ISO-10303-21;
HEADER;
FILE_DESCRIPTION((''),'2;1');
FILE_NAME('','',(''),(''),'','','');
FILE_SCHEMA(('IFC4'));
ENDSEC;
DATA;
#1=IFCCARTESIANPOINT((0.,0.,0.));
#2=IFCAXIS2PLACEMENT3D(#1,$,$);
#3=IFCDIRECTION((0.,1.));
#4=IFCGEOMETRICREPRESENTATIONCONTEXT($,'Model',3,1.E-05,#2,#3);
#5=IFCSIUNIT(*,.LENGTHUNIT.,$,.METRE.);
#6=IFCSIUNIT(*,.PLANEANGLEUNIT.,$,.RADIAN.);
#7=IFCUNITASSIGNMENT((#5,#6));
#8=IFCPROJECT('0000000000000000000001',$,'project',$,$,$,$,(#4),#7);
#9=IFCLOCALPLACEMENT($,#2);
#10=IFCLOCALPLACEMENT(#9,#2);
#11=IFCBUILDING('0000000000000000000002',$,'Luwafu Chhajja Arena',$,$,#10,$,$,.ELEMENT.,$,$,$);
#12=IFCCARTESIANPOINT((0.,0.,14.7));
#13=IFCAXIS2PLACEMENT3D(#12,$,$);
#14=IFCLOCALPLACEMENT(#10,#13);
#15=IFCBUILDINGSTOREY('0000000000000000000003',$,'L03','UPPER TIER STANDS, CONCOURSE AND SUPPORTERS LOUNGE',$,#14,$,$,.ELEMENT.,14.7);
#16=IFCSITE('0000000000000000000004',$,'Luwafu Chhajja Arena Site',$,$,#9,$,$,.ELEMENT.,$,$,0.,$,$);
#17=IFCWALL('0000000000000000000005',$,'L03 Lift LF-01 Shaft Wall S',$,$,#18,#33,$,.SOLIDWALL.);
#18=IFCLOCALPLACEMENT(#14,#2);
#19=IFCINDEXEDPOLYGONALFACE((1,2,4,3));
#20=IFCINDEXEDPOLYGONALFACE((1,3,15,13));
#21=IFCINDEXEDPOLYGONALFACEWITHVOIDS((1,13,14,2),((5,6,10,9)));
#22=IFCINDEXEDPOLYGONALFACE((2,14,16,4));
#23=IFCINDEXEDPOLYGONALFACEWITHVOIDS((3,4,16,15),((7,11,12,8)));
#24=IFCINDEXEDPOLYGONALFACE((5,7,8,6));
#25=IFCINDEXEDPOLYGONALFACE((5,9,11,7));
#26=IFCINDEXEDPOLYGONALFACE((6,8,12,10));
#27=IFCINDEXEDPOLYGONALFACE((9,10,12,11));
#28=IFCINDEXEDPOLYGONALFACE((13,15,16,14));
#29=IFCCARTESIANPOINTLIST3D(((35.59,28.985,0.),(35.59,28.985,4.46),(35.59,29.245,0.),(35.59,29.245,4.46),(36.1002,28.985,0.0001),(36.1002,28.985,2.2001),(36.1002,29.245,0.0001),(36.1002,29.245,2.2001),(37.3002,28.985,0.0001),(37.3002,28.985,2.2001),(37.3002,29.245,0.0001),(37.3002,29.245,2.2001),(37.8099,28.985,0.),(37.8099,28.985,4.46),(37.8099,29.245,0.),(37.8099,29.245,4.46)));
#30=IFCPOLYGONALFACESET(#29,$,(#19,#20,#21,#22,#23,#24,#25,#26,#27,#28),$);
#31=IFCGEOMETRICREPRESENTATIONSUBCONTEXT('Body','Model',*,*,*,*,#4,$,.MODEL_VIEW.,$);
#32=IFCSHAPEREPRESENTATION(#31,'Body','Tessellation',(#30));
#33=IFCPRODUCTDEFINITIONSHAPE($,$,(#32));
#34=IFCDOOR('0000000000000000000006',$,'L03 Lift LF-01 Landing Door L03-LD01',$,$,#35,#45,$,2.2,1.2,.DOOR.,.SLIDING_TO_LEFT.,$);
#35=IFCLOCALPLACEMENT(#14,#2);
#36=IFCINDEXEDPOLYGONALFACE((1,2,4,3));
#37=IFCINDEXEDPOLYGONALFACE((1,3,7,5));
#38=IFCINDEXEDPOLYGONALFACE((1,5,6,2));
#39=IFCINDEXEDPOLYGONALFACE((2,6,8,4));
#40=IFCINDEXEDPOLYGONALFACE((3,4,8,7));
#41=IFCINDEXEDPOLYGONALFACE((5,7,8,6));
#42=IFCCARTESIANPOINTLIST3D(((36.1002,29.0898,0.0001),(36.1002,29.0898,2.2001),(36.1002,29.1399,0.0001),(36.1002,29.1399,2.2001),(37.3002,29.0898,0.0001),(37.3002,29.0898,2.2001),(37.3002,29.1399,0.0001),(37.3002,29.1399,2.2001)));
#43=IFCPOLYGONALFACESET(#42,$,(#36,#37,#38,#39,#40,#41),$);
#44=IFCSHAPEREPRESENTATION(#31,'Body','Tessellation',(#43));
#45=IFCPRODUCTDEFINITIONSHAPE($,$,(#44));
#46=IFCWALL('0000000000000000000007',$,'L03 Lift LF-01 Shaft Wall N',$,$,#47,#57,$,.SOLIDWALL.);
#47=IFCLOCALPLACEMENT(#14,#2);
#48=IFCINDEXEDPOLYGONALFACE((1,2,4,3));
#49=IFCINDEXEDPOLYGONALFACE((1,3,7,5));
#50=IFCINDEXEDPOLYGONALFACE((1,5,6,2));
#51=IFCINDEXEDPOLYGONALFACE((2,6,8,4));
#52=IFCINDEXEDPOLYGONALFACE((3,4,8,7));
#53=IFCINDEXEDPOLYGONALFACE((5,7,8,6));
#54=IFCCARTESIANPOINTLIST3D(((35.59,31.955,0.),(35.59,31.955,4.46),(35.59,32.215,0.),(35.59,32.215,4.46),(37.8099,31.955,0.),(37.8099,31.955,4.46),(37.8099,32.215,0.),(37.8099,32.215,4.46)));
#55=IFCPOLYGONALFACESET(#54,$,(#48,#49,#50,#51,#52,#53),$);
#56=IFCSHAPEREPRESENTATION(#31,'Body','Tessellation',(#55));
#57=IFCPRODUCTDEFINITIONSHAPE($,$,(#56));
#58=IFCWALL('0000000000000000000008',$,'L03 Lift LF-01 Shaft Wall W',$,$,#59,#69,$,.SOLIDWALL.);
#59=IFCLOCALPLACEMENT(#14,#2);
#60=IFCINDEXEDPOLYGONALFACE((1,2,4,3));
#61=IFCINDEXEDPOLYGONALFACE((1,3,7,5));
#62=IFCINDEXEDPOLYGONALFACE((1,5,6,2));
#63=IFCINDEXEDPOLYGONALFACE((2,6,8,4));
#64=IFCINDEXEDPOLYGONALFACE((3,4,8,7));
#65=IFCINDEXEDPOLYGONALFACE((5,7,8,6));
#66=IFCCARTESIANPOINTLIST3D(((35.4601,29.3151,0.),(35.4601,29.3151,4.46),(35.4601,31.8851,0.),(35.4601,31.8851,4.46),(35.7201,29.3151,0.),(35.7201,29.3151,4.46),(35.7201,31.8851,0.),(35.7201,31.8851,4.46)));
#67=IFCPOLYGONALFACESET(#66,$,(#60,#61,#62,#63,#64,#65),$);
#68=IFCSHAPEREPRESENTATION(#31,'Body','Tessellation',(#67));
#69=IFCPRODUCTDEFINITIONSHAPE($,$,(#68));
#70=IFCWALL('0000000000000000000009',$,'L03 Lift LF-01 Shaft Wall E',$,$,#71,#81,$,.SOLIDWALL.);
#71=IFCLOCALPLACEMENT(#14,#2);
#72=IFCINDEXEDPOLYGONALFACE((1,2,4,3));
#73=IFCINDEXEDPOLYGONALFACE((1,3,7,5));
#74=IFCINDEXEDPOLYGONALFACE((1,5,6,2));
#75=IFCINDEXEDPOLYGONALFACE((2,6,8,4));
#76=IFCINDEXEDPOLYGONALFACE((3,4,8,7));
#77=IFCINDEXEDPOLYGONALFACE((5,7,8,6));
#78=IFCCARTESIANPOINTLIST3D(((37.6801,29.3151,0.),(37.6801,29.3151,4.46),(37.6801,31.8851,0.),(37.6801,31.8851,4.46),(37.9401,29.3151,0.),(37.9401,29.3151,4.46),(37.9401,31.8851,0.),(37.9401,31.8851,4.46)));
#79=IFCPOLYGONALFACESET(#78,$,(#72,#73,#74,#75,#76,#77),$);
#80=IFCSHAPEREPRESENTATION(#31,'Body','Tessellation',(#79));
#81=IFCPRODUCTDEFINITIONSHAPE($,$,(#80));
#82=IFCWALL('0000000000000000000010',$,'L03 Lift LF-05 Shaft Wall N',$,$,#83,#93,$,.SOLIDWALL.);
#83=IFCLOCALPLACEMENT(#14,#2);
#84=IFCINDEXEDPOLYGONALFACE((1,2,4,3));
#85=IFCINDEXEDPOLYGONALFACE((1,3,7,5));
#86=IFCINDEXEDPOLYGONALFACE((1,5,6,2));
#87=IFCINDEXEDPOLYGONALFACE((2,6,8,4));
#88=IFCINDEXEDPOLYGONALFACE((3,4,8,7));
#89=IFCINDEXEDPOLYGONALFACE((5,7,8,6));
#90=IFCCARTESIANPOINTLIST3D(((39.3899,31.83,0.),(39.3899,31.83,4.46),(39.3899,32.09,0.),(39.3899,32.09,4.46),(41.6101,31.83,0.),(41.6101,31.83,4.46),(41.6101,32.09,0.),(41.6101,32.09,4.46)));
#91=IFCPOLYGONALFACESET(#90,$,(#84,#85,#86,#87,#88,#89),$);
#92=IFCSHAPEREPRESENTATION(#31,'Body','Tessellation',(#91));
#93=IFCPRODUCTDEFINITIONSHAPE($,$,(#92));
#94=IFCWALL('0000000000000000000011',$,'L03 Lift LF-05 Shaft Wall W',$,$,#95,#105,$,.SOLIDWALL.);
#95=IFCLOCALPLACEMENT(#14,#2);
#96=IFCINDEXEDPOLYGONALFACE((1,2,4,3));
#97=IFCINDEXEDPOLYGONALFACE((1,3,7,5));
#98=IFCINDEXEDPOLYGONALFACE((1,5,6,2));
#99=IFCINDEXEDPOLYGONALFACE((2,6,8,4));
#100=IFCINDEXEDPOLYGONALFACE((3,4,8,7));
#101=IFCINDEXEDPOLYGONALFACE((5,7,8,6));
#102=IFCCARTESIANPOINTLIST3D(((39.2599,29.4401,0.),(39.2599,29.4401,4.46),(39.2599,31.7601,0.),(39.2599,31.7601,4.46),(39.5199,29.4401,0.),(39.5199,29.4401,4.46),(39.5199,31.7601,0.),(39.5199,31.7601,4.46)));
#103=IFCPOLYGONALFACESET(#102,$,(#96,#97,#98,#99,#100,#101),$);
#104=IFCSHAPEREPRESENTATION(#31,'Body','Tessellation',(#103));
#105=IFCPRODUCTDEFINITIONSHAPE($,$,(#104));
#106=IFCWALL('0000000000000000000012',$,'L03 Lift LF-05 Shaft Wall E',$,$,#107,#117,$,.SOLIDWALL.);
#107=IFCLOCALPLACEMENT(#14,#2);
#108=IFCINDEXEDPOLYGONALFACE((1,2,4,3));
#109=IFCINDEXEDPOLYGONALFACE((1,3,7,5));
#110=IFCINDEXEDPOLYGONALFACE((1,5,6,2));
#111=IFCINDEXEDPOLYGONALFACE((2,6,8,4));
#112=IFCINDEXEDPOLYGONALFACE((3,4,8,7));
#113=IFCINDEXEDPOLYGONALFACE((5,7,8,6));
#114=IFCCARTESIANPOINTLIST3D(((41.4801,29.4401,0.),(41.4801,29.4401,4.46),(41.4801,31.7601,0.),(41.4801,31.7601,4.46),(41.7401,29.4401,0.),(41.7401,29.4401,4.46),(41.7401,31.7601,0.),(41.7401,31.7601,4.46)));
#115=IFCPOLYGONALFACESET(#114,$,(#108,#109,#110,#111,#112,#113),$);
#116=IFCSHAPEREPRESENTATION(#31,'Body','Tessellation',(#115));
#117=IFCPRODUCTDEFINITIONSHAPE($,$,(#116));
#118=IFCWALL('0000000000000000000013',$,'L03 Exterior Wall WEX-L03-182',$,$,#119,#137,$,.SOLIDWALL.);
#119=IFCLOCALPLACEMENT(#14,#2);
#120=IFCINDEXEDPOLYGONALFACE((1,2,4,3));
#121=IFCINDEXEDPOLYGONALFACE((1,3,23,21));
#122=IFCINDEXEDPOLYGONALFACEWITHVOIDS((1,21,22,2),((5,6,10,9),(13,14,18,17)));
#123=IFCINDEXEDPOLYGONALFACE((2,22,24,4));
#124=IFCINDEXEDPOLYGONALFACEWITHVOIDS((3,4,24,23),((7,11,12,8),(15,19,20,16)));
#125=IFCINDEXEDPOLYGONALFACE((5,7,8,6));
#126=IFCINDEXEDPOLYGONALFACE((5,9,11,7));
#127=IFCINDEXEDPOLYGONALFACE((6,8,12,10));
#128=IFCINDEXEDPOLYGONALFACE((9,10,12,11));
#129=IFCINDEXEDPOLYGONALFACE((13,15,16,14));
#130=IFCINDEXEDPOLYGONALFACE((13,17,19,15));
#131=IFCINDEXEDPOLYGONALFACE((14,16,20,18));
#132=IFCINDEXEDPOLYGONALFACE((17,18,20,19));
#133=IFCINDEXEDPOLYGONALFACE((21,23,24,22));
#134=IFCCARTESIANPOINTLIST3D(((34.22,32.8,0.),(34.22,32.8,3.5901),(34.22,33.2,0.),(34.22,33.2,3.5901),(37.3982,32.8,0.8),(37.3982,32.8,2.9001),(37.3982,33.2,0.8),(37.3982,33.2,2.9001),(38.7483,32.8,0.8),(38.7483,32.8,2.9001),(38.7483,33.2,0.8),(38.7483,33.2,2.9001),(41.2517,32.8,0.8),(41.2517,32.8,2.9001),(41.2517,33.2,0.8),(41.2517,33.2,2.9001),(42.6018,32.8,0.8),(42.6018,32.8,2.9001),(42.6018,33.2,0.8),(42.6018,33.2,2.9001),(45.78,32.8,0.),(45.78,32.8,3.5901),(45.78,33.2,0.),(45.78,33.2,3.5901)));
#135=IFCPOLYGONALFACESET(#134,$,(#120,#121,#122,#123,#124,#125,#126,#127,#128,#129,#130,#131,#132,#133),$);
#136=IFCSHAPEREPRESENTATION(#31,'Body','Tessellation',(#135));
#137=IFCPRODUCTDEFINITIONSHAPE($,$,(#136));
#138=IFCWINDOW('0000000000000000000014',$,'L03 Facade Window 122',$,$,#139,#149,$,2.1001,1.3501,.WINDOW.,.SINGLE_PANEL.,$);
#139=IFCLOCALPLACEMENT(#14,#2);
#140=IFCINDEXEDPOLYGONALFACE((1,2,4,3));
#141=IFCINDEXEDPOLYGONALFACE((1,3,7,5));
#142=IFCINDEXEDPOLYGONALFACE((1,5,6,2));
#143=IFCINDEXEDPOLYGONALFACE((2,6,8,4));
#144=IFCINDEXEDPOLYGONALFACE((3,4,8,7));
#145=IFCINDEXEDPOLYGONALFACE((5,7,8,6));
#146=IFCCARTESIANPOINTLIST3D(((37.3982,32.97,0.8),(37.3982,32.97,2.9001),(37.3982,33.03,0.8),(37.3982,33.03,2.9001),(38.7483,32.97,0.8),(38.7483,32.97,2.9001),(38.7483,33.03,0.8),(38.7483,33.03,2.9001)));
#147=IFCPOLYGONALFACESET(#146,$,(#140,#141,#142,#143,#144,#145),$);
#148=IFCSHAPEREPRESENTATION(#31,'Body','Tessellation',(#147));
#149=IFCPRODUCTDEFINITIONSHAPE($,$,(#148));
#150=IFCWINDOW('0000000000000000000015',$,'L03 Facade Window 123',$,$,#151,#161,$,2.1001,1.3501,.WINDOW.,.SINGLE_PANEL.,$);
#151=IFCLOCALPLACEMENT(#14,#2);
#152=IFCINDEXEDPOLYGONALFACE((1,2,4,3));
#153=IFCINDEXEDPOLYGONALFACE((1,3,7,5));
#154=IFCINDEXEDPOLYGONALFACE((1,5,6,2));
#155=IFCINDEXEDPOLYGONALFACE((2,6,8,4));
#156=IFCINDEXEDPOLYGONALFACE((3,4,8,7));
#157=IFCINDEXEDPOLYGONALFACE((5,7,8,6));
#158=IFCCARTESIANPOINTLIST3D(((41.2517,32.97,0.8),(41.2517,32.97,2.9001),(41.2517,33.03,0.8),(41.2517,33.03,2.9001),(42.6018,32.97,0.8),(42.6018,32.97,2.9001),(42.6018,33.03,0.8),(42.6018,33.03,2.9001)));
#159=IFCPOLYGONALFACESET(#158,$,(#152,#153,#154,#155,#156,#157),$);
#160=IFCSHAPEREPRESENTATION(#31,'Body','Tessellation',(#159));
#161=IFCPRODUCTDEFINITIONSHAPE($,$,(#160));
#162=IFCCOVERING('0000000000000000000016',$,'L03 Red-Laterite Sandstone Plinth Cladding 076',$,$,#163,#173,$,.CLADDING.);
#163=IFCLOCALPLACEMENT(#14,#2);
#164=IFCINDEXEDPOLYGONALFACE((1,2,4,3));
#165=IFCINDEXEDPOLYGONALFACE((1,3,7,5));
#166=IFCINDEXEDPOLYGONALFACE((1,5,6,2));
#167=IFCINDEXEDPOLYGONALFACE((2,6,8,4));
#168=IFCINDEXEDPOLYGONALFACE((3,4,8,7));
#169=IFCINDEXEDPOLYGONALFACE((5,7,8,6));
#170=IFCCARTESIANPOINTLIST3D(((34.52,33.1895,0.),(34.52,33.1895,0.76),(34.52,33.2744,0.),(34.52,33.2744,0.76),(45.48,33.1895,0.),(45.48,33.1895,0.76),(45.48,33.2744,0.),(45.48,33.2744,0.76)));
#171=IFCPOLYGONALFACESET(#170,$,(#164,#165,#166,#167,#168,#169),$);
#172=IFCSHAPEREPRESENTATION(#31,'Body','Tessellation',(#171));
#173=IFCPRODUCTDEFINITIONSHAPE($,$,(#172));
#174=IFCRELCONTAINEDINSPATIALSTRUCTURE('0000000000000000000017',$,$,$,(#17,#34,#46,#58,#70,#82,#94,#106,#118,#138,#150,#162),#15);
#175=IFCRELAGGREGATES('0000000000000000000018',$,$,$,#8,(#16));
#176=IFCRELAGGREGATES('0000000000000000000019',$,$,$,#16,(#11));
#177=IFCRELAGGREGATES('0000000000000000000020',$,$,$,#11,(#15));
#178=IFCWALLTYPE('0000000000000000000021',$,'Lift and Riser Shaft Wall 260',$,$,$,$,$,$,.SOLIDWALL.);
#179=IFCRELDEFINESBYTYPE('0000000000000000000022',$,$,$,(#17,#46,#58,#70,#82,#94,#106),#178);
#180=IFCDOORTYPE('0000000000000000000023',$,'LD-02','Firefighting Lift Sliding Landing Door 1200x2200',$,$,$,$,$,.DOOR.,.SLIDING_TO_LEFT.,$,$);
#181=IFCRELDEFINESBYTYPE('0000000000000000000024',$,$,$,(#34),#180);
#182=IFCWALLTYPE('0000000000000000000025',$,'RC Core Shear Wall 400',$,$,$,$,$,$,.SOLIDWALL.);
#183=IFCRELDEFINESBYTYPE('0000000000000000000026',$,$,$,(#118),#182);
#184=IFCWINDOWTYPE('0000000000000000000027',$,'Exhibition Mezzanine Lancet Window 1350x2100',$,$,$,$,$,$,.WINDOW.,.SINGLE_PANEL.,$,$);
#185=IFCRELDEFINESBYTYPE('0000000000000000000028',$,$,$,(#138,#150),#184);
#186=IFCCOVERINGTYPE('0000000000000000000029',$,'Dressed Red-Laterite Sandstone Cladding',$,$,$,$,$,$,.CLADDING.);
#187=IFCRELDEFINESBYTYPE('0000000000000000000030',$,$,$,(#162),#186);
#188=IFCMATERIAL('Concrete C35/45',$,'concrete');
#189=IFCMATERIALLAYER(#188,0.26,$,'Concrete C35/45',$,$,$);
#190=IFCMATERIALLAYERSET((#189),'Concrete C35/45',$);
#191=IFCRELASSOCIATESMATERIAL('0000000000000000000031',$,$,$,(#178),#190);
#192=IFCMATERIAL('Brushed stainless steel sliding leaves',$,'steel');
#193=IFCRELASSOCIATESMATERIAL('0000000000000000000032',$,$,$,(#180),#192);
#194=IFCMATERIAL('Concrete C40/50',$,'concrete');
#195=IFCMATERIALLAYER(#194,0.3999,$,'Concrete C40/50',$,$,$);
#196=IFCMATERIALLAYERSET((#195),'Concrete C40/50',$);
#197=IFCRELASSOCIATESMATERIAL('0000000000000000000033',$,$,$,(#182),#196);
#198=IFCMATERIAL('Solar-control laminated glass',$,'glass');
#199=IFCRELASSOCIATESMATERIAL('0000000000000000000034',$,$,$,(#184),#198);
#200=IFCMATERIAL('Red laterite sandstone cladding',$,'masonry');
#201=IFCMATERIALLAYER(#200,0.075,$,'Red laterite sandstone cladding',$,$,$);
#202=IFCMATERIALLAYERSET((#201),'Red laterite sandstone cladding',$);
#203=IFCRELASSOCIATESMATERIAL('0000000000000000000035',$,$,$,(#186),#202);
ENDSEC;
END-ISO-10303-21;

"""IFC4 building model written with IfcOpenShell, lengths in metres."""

from ifc_helpers import new_model, si_unit, direction, frame, frame_2d, origin, origin_2d, place, context, subcontext, project, spatial, rectangle, extrude, material, layer, layer_set, type_object, element, fill, save


model = new_model("IFC4")

# Units and contexts
model_context = context("Model", 3, precision=1e-05, world=origin(), true_north=direction((0.0, 1.0)))
body_context = subcontext(model_context, "Body", "Model", "MODEL_VIEW")
ifc_project = project(units=[si_unit("LENGTHUNIT", "METRE"), si_unit("PLANEANGLEUNIT", "RADIAN")], contexts=[model_context])

# Site, building, storey
site_placement = place(None, origin())
site = spatial("IfcSite", under=ifc_project, at=site_placement, Name="Luwafu Chhajja Arena Site", CompositionType="ELEMENT", RefElevation=0.0)
building_placement = place(site_placement, origin())
building = spatial("IfcBuilding", under=site, at=building_placement, Name="Luwafu Chhajja Arena", CompositionType="ELEMENT")
storey_placement = place(building_placement, frame((0.0, 0.0, 14.7)))
storey = spatial("IfcBuildingStorey", under=building, at=storey_placement, Name="L03", Description="UPPER TIER STANDS, CONCOURSE AND SUPPORTERS LOUNGE", CompositionType="ELEMENT", Elevation=14.7)

# Shared definitions
ifc_material_1 = material(Name="Concrete C35/45", Category="concrete")

# Wall, opening, door
ifc_layer_1 = layer(ifc_material_1, 0.26, Name="Concrete C35/45")
ifc_layer_set_1 = layer_set([ifc_layer_1], Name="Concrete C35/45")
wall_type_1 = type_object("IfcWallType", Name="Lift and Riser Shaft Wall 260", PredefinedType="SOLIDWALL", material=ifc_layer_set_1)
wall_1_placement = place(storey_placement, frame((35.5901, 29.115, 0.0), z_axis=(0.0, 0.0, 1.0), x_axis=(1.0, 0.0, 0.0)))
wall_1 = element("IfcWall", 1, at=wall_1_placement, inside=storey, type_object=wall_type_1, Name="L03 Lift LF-01 Shaft Wall S", PredefinedType="SOLIDWALL", context=body_context, shape_type="SweptSolid", body=[
    extrude(rectangle(XDim=2.22, YDim=0.26, at=frame_2d((1.1099, 0.0))), origin(), (0.0, 0.0, 1.0), 4.46),
])
opening_1_placement = place(wall_1_placement, frame((0.51, 0.0, 0.0)))
opening_1 = element("IfcOpeningElement", 2, at=opening_1_placement, cuts=wall_1, PredefinedType="OPENING", context=body_context, shape_type="SweptSolid", body=[
    extrude(rectangle(XDim=1.2, YDim=2.2, at=frame_2d((0.6001, 1.1001))), frame((0.0, 0.1399, 0.0), z_axis=(0.0, -1.0, 0.0), x_axis=(1.0, 0.0, 0.0)), (0.0, 0.0, 1.0), 0.28),
])
ifc_material_2 = material(Name="Brushed stainless steel sliding leaves", Category="steel")
door_type_1 = type_object("IfcDoorType", Name="LD-02", Description="Firefighting Lift Sliding Landing Door 1200x2200", OperationType="SLIDING_TO_LEFT", PredefinedType="DOOR", material=ifc_material_2)
door_1_placement = place(opening_1_placement, origin())
door_1 = element("IfcDoor", 3, at=door_1_placement, inside=storey, type_object=door_type_1, Name="L03 Lift LF-01 Landing Door L03-LD01", OperationType="SLIDING_TO_LEFT", OverallHeight=2.2, OverallWidth=1.2, PredefinedType="DOOR", context=body_context, shape_type="SweptSolid", body=[
    extrude(rectangle(XDim=1.2, YDim=2.2, at=frame_2d((0.6001, 1.1001))), frame((0.0, 0.0249, 0.0), z_axis=(0.0, -1.0, 0.0), x_axis=(1.0, 0.0, 0.0)), (0.0, 0.0, 1.0), 0.05),
])
fill(opening_1, door_1)

# Walls
wall_2_placement = place(storey_placement, frame((35.5901, 32.085, 0.0), z_axis=(0.0, 0.0, 1.0), x_axis=(1.0, 0.0, 0.0)))
element("IfcWall", 4, at=wall_2_placement, inside=storey, type_object=wall_type_1, Name="L03 Lift LF-01 Shaft Wall N", PredefinedType="SOLIDWALL", context=body_context, shape_type="SweptSolid", body=[
    extrude(rectangle(XDim=2.22, YDim=0.26, at=frame_2d((1.1099, 0.0))), origin(), (0.0, 0.0, 1.0), 4.46),
])
for number, where, z_axis, x_axis, name in (
    (5, (35.5901, 29.3149, 0.0), (0.0, 0.0, 1.0), (0.0, 1.0, 0.0), "L03 Lift LF-01 Shaft Wall W"),
    (6, (37.8101, 29.3149, 0.0), (0.0, 0.0, 1.0), (0.0, 1.0, 0.0), "L03 Lift LF-01 Shaft Wall E"),
):
    element("IfcWall", number, at=place(storey_placement, frame(where, z_axis=z_axis, x_axis=x_axis)), inside=storey, type_object=wall_type_1, Name=name, PredefinedType="SOLIDWALL", context=body_context, shape_type="SweptSolid", body=[
        extrude(rectangle(XDim=2.5701, YDim=0.26, at=frame_2d((1.2852, 0.0))), origin(), (0.0, 0.0, 1.0), 4.46),
    ])

# Walls
wall_3_placement = place(storey_placement, frame((39.3899, 31.96, 0.0), z_axis=(0.0, 0.0, 1.0), x_axis=(1.0, 0.0, 0.0)))
element("IfcWall", 7, at=wall_3_placement, inside=storey, type_object=wall_type_1, Name="L03 Lift LF-05 Shaft Wall N", PredefinedType="SOLIDWALL", context=body_context, shape_type="SweptSolid", body=[
    extrude(rectangle(XDim=2.2202, YDim=0.26, at=frame_2d((1.1101, 0.0))), origin(), (0.0, 0.0, 1.0), 4.46),
])
for number, where, z_axis, x_axis, name in (
    (8, (39.3899, 29.4399, 0.0), (0.0, 0.0, 1.0), (0.0, 1.0, 0.0), "L03 Lift LF-05 Shaft Wall W"),
    (9, (41.6101, 29.4399, 0.0), (0.0, 0.0, 1.0), (0.0, 1.0, 0.0), "L03 Lift LF-05 Shaft Wall E"),
):
    element("IfcWall", number, at=place(storey_placement, frame(where, z_axis=z_axis, x_axis=x_axis)), inside=storey, type_object=wall_type_1, Name=name, PredefinedType="SOLIDWALL", context=body_context, shape_type="SweptSolid", body=[
        extrude(rectangle(XDim=2.3201, YDim=0.26, at=frame_2d((1.1602, 0.0))), origin(), (0.0, 0.0, 1.0), 4.46),
    ])

# Wall, openings, windows
ifc_material_3 = material(Name="Concrete C40/50", Category="concrete")
ifc_layer_2 = layer(ifc_material_3, 0.3999, Name="Concrete C40/50")
ifc_layer_set_2 = layer_set([ifc_layer_2], Name="Concrete C40/50")
wall_type_2 = type_object("IfcWallType", Name="RC Core Shear Wall 400", PredefinedType="SOLIDWALL", material=ifc_layer_set_2)
wall_4_placement = place(storey_placement, frame((34.22, 33.0, 0.0), z_axis=(0.0, 0.0, 1.0), x_axis=(1.0, 0.0, 0.0)))
wall_4 = element("IfcWall", 10, at=wall_4_placement, inside=storey, type_object=wall_type_2, Name="L03 Exterior Wall WEX-L03-182", PredefinedType="SOLIDWALL", context=body_context, shape_type="SweptSolid", body=[
    extrude(rectangle(XDim=11.5601, YDim=0.3999, at=frame_2d((5.78, 0.0))), origin(), (0.0, 0.0, 1.0), 3.5901),
])
opening_2_placement = place(wall_4_placement, frame((3.1782, 0.0, 0.8)))
opening_2 = element("IfcOpeningElement", 11, at=opening_2_placement, cuts=wall_4, PredefinedType="OPENING", context=body_context, shape_type="SweptSolid", body=[
    extrude(rectangle(XDim=1.3501, YDim=2.1001, at=frame_2d((0.675, 1.05))), frame((0.0, 0.21, 0.0), z_axis=(0.0, -1.0, 0.0), x_axis=(1.0, 0.0, 0.0)), (0.0, 0.0, 1.0), 0.4199),
])
opening_3_placement = place(wall_4_placement, frame((7.0317, 0.0, 0.8)))
opening_3 = element("IfcOpeningElement", 12, at=opening_3_placement, cuts=wall_4, PredefinedType="OPENING", context=body_context, shape_type="SweptSolid", body=[
    extrude(rectangle(XDim=1.3501, YDim=2.1001, at=frame_2d((0.675, 1.05))), frame((0.0, 0.21, 0.0), z_axis=(0.0, -1.0, 0.0), x_axis=(1.0, 0.0, 0.0)), (0.0, 0.0, 1.0), 0.4199),
])
ifc_material_4 = material(Name="Solar-control laminated glass", Category="glass")
window_type = type_object("IfcWindowType", Name="Exhibition Mezzanine Lancet Window 1350x2100", PartitioningType="SINGLE_PANEL", PredefinedType="WINDOW", material=ifc_material_4)
window_1_placement = place(opening_2_placement, origin())
window_1 = element("IfcWindow", 13, at=window_1_placement, inside=storey, type_object=window_type, Name="L03 Facade Window 122", OverallHeight=2.1001, OverallWidth=1.3501, PartitioningType="SINGLE_PANEL", PredefinedType="WINDOW", context=body_context, shape_type="SweptSolid", body=[
    extrude(rectangle(XDim=1.3501, YDim=2.1001, at=frame_2d((0.675, 1.05))), frame((0.0, 0.03, 0.0), z_axis=(0.0, -1.0, 0.0), x_axis=(1.0, 0.0, 0.0)), (0.0, 0.0, 1.0), 0.0601),
])
fill(opening_2, window_1)
window_2_placement = place(opening_3_placement, origin())
window_2 = element("IfcWindow", 14, at=window_2_placement, inside=storey, type_object=window_type, Name="L03 Facade Window 123", OverallHeight=2.1001, OverallWidth=1.3501, PartitioningType="SINGLE_PANEL", PredefinedType="WINDOW", context=body_context, shape_type="SweptSolid", body=[
    extrude(rectangle(XDim=1.3501, YDim=2.1001, at=frame_2d((0.675, 1.05))), frame((0.0, 0.03, 0.0), z_axis=(0.0, -1.0, 0.0), x_axis=(1.0, 0.0, 0.0)), (0.0, 0.0, 1.0), 0.0601),
])
fill(opening_3, window_2)

# Covering
ifc_material_5 = material(Name="Red laterite sandstone cladding", Category="masonry")
ifc_layer_3 = layer(ifc_material_5, 0.075, Name="Red laterite sandstone cladding")
ifc_layer_set_3 = layer_set([ifc_layer_3], Name="Red laterite sandstone cladding")
covering_type = type_object("IfcCoveringType", Name="Dressed Red-Laterite Sandstone Cladding", PredefinedType="CLADDING", material=ifc_layer_set_3)
covering_1_placement = place(storey_placement, frame((40.0, 33.2319, 0.0), z_axis=(0.0, 0.0, 1.0), x_axis=(1.0, 0.0, 0.0)))
element("IfcCovering", 15, at=covering_1_placement, inside=storey, type_object=covering_type, Name="L03 Red-Laterite Sandstone Plinth Cladding 076", PredefinedType="CLADDING", context=body_context, shape_type="SweptSolid", body=[
    extrude(rectangle(XDim=10.96, YDim=0.085, at=origin_2d()), origin(), (0.0, 0.0, 1.0), 0.76),
])

save(model, "model.ifc")
